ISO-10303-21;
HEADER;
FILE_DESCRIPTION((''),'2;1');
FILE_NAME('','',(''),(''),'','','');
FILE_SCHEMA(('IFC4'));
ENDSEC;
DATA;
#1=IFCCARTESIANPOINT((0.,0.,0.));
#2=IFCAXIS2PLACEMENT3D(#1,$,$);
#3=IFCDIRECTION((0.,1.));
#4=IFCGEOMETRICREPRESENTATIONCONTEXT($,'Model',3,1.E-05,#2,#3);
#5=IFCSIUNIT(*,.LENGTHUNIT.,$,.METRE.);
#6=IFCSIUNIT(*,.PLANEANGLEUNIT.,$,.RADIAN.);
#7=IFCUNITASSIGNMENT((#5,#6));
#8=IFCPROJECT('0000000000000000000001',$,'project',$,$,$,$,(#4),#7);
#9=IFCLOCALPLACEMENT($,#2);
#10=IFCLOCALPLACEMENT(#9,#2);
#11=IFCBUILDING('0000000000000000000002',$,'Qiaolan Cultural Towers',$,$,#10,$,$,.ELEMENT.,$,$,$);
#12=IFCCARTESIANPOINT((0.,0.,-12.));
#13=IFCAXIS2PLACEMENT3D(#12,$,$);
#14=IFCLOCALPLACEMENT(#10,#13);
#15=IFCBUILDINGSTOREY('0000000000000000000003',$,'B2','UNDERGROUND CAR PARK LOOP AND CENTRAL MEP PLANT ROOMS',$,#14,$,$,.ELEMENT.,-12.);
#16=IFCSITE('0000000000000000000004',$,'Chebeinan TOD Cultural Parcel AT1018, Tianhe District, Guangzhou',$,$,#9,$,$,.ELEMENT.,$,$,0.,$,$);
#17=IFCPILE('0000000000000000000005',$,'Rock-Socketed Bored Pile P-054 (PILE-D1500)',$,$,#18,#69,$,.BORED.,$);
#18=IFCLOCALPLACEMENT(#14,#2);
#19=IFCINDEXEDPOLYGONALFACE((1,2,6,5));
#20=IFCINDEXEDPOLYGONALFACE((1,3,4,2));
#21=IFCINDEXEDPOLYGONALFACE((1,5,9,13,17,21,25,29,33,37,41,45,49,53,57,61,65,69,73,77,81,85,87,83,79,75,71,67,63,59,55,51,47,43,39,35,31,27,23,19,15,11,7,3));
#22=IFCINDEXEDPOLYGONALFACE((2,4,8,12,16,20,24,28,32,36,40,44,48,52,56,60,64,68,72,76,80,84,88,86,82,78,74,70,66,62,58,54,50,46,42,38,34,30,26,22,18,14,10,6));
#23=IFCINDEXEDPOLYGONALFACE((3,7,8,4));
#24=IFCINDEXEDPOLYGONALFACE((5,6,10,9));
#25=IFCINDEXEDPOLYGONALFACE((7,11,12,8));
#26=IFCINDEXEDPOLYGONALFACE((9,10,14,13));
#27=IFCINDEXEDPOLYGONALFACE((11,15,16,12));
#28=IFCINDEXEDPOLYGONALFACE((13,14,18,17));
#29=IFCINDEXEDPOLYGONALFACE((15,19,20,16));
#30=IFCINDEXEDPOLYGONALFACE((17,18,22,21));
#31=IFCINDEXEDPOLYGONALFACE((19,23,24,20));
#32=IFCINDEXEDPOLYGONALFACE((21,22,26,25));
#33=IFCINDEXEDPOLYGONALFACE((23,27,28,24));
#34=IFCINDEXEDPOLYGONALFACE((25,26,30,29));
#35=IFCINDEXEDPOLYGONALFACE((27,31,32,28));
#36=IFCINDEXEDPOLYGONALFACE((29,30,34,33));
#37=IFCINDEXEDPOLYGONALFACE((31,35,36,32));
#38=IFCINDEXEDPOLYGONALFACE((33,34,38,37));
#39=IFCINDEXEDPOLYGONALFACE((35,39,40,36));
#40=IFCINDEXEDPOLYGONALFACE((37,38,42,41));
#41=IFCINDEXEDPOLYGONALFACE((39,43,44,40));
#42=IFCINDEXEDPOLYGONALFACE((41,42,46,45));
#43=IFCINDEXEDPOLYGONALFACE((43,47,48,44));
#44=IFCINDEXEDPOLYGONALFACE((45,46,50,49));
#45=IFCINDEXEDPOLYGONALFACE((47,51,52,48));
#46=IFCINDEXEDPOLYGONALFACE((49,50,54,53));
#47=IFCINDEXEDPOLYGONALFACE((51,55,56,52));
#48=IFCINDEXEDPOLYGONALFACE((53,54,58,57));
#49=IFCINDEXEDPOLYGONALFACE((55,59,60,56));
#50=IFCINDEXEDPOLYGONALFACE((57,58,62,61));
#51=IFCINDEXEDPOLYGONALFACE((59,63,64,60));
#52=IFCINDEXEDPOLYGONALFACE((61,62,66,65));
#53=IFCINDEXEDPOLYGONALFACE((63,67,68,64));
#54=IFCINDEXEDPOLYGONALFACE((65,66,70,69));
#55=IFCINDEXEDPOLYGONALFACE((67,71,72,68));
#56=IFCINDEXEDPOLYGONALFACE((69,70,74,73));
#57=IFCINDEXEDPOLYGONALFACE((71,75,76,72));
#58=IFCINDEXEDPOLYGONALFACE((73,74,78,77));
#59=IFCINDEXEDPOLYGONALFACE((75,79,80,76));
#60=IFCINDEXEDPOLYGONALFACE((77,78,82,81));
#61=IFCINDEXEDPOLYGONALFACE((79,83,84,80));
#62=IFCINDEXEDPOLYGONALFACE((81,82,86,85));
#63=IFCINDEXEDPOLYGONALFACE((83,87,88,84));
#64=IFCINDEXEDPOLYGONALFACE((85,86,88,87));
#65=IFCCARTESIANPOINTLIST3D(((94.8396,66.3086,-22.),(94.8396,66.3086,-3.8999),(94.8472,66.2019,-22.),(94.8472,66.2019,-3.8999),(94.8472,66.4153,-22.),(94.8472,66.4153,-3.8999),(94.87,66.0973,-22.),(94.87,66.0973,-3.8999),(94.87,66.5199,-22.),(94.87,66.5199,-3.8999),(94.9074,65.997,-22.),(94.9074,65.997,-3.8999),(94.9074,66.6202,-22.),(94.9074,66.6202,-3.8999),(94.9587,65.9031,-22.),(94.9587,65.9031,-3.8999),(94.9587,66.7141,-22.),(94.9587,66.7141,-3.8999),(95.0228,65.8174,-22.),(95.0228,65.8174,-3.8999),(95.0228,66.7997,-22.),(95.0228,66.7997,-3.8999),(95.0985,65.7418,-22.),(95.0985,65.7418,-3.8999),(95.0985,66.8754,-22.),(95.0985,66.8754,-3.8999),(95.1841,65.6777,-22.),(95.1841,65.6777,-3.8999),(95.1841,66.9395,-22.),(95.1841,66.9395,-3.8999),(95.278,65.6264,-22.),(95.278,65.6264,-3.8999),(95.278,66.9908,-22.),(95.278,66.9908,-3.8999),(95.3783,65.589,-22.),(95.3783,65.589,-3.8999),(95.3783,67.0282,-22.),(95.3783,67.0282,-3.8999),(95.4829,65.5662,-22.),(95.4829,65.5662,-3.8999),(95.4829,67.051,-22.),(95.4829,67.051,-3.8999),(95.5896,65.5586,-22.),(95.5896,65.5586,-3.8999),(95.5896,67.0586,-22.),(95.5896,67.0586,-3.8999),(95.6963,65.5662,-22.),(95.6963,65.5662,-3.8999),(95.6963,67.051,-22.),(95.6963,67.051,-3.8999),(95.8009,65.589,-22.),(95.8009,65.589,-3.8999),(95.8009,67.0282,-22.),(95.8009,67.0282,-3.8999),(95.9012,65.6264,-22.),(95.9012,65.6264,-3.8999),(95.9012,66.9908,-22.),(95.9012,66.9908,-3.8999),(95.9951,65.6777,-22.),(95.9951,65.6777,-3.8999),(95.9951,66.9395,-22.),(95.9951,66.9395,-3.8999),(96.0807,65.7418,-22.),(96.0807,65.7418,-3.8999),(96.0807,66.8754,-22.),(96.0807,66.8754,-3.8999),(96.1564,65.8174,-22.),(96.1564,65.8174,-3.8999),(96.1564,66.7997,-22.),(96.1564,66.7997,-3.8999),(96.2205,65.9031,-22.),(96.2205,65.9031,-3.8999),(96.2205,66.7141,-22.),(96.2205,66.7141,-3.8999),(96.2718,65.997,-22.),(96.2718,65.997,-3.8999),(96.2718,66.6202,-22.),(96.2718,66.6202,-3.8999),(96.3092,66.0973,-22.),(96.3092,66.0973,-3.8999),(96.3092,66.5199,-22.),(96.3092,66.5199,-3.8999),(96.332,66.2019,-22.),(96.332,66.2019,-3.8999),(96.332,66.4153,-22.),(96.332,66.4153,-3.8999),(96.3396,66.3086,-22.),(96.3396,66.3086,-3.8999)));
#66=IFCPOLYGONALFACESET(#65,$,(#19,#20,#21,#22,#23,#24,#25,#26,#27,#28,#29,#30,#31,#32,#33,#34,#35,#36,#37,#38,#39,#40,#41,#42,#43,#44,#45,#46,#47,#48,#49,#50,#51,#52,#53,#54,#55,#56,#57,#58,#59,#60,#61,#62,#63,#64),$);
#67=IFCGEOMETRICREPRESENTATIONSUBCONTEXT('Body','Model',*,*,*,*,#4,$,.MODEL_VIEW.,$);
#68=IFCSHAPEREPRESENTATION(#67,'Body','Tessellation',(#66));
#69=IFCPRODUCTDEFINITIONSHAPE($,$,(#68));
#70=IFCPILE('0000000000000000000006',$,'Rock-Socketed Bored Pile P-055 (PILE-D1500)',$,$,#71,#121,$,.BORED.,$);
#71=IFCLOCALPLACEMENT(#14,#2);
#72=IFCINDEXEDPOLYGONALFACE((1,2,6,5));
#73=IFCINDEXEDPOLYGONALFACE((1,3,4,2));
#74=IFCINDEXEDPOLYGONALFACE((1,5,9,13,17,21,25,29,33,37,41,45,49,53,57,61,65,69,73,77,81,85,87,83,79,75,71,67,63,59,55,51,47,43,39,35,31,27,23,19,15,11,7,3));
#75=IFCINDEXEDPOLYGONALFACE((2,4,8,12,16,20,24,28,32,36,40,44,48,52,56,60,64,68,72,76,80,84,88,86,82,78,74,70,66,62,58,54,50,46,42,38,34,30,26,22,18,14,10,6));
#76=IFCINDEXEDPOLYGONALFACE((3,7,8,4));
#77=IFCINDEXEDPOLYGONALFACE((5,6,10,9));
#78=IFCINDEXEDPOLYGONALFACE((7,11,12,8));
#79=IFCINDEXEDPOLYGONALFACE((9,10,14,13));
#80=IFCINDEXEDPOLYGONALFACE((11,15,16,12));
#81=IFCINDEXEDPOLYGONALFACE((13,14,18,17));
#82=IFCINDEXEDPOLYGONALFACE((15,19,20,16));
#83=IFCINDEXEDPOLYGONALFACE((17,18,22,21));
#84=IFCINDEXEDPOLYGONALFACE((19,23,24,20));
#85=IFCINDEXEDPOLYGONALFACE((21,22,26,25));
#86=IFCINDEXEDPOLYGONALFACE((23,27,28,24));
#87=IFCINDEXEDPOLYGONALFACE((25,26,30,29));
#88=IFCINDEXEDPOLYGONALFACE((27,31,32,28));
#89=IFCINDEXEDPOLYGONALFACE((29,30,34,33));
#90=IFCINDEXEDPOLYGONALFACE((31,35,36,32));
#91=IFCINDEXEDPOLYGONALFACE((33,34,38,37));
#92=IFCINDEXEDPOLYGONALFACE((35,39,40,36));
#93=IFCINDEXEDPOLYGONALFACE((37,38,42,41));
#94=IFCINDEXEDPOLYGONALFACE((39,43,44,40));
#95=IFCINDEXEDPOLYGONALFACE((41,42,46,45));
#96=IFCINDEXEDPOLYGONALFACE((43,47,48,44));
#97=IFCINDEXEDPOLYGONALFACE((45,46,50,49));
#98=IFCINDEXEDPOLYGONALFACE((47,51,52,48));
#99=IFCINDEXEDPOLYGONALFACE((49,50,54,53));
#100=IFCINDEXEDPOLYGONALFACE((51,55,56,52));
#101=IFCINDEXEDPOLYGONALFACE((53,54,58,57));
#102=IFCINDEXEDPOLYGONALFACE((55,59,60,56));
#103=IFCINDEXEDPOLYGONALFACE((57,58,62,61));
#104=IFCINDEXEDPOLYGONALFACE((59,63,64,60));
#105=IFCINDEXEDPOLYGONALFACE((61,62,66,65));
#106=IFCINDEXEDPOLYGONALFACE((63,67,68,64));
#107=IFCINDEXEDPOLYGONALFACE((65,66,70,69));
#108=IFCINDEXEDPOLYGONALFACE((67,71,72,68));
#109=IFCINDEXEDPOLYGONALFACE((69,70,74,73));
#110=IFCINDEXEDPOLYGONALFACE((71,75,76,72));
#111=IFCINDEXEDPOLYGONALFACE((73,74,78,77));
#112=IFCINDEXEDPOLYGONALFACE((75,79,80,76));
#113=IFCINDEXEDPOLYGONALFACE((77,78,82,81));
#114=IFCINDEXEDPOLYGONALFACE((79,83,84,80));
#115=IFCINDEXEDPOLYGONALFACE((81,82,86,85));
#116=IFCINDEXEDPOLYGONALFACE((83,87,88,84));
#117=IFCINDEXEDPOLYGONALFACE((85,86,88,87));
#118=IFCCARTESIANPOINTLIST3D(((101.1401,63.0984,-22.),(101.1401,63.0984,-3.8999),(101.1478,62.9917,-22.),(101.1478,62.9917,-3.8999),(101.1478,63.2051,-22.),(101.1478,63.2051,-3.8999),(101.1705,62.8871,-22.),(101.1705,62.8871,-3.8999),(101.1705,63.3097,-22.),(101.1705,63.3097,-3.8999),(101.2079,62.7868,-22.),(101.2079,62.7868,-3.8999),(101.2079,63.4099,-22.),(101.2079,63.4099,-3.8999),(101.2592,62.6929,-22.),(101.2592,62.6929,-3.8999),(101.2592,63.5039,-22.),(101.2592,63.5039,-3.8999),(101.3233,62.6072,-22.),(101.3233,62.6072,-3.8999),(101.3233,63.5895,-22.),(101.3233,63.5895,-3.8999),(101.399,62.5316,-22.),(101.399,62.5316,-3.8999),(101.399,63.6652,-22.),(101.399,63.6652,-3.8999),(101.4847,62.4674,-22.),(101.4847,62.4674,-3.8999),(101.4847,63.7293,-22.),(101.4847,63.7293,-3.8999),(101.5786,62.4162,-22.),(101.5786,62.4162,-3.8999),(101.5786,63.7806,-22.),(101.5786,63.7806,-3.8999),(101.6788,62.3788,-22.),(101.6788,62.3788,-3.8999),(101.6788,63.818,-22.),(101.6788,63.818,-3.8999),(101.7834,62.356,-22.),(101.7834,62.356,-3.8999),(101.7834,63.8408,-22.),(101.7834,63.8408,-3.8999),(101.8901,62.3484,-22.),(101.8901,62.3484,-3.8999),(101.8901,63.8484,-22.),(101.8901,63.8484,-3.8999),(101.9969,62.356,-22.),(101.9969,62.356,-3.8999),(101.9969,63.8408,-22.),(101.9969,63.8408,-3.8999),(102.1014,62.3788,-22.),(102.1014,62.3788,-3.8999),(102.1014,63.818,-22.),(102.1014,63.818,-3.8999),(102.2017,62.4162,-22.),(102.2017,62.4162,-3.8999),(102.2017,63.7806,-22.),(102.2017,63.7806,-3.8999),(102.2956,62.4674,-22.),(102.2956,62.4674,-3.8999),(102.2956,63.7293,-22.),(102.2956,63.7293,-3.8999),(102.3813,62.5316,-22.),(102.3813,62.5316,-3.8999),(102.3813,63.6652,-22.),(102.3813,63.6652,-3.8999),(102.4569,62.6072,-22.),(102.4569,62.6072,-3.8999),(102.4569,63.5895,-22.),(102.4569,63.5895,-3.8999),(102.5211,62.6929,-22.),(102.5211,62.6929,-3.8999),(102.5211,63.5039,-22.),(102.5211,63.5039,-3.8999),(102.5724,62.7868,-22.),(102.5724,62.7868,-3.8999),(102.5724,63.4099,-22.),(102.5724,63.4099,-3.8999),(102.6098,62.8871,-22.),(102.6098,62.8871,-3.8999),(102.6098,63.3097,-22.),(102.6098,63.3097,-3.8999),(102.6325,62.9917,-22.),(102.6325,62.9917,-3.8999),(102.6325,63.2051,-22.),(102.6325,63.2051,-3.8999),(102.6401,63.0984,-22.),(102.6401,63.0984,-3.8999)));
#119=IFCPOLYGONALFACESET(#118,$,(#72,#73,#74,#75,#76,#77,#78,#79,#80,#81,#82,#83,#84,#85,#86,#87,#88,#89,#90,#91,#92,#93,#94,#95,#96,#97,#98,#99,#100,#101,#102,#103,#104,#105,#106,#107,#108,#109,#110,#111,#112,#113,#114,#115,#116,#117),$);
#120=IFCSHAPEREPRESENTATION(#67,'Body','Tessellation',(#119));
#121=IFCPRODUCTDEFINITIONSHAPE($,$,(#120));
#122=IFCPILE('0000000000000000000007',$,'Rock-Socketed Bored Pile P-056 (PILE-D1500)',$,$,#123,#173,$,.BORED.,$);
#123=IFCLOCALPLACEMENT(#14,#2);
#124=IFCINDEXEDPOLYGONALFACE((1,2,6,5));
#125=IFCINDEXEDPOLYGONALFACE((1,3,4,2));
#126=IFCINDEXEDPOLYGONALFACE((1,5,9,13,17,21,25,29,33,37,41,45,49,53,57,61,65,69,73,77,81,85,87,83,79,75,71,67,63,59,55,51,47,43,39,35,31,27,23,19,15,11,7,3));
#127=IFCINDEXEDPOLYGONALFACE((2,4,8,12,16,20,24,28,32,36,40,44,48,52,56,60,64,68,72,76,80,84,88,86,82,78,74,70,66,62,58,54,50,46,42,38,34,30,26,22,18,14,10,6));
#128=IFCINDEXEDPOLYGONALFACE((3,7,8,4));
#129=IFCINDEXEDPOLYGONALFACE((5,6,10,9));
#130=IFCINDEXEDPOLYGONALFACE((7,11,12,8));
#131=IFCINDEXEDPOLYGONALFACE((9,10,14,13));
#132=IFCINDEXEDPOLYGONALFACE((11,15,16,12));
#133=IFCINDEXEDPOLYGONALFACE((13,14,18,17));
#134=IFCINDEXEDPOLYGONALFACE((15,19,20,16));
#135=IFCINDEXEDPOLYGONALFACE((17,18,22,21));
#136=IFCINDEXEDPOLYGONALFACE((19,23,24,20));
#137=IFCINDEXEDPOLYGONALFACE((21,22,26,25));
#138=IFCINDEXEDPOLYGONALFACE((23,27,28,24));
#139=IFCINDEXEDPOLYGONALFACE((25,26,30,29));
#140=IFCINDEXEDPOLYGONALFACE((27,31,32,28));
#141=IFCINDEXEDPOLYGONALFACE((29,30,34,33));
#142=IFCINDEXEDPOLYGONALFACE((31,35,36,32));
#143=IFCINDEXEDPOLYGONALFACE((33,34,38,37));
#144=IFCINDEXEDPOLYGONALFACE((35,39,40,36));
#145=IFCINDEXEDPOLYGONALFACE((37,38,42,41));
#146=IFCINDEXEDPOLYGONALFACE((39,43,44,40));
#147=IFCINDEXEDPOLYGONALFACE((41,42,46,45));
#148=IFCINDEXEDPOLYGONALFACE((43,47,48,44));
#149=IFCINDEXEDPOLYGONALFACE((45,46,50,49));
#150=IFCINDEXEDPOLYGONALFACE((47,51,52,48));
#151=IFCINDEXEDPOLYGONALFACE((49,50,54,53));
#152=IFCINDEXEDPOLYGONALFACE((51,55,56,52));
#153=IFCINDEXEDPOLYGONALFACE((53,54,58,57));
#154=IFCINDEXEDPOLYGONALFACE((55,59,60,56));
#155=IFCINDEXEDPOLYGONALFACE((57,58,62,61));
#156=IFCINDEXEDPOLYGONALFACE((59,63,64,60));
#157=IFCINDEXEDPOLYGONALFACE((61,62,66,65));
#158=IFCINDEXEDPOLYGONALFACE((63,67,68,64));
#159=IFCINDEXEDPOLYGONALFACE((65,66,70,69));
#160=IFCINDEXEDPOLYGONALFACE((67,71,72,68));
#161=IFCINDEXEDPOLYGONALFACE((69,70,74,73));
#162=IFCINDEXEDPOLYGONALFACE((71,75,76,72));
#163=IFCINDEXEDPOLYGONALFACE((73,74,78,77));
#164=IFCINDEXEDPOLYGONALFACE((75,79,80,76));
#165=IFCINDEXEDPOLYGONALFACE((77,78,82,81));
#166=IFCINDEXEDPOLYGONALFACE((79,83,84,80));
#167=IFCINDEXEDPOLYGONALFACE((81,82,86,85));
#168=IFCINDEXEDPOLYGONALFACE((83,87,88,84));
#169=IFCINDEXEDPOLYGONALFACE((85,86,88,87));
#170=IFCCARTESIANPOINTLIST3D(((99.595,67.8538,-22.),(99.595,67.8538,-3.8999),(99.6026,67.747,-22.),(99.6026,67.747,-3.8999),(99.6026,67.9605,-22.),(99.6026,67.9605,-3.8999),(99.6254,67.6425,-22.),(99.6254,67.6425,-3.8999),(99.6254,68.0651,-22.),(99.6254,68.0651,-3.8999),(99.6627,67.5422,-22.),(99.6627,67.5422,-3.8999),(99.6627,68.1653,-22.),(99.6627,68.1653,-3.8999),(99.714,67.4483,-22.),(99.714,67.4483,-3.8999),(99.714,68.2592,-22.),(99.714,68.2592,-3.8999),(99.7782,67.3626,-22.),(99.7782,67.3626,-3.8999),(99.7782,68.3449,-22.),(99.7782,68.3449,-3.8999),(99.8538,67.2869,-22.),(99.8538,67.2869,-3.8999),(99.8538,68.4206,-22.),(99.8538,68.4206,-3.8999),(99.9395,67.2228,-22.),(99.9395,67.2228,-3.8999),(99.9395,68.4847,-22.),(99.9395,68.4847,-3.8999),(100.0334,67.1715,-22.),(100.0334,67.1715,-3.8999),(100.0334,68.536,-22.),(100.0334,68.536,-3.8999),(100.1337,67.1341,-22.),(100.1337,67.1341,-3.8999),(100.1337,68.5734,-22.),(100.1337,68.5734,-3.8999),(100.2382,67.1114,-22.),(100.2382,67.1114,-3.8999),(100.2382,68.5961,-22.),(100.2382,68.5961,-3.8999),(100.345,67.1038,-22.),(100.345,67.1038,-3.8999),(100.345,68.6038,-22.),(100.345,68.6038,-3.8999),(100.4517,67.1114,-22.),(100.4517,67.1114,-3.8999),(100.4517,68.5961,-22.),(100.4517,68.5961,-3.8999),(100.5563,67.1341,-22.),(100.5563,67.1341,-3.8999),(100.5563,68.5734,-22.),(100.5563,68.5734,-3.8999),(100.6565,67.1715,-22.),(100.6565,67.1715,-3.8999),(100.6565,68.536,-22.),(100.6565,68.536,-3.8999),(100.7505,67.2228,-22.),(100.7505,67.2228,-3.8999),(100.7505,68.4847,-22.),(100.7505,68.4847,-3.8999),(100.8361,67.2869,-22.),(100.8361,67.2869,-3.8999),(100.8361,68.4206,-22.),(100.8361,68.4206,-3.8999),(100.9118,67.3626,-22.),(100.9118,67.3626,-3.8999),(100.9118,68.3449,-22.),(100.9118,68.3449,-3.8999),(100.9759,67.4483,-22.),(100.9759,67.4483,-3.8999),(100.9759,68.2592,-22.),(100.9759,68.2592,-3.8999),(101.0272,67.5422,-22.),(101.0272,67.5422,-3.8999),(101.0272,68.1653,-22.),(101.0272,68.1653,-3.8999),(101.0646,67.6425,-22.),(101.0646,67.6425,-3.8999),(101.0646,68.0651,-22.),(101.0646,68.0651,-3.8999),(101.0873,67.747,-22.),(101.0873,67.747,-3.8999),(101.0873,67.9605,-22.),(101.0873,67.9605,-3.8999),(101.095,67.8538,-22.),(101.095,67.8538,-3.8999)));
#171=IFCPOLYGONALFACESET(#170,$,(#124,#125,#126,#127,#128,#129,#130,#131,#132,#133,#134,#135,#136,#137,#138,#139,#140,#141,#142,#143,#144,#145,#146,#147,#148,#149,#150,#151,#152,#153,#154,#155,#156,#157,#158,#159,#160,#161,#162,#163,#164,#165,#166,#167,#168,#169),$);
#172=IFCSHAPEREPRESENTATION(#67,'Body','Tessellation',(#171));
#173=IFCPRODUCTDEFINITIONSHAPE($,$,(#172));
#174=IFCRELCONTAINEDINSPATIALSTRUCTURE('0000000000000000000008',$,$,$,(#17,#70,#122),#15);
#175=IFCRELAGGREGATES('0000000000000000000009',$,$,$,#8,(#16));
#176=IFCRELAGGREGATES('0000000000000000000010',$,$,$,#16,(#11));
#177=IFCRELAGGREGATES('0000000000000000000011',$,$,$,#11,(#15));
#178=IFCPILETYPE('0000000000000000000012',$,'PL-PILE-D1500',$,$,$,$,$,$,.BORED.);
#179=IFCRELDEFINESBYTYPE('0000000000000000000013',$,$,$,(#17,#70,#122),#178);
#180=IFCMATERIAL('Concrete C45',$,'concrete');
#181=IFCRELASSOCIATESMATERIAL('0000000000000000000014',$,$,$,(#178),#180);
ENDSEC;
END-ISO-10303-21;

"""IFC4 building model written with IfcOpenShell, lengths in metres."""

from ifc_helpers import new_model, si_unit, direction, frame, origin, origin_2d, place, context, subcontext, project, spatial, circle, extrude, material, material_profile, profile_set, type_object, element, save


model = new_model("IFC4")

# Units and contexts
model_context = context("Model", 3, precision=1e-05, world=origin(), true_north=direction((0.0, 1.0)))
body_context = subcontext(model_context, "Body", "Model", "MODEL_VIEW")
ifc_project = project(units=[si_unit("LENGTHUNIT", "METRE"), si_unit("PLANEANGLEUNIT", "RADIAN")], contexts=[model_context])

# Site, building, storey
site_placement = place(None, origin())
site = spatial("IfcSite", under=ifc_project, at=site_placement, Name="Chebeinan TOD Cultural Parcel AT1018, Tianhe District, Guangzhou", CompositionType="ELEMENT", RefElevation=0.0)
building_placement = place(site_placement, origin())
building = spatial("IfcBuilding", under=site, at=building_placement, Name="Qiaolan Cultural Towers", CompositionType="ELEMENT")
storey_placement = place(building_placement, frame((0.0, 0.0, -12.0)))
storey = spatial("IfcBuildingStorey", under=building, at=storey_placement, Name="B2", Description="UNDERGROUND CAR PARK LOOP AND CENTRAL MEP PLANT ROOMS", CompositionType="ELEMENT", Elevation=-12.0)

# Piles
ifc_material_1 = material(Name="Concrete C45", Category="concrete")
ifc_material_profile_1 = material_profile(ifc_material_1, circle(Radius=0.75, at=origin_2d()), Name="PILE-D1500")
ifc_profile_set_1 = profile_set([ifc_material_profile_1], Name="Concrete C45")
pile_type_1 = type_object("IfcPileType", Name="PL-PILE-D1500", PredefinedType="BORED", material=ifc_profile_set_1)
for number, where, z_axis, x_axis, name in (
    (1, (95.5896, 66.3086, -3.8999), (0.0, 0.0, -1.0), (1.0, 0.0, 0.0), "Rock-Socketed Bored Pile P-054 (PILE-D1500)"),
    (2, (101.8901, 63.0984, -3.8999), (0.0, 0.0, -1.0), (1.0, 0.0, 0.0), "Rock-Socketed Bored Pile P-055 (PILE-D1500)"),
    (3, (100.345, 67.8538, -3.8999), (0.0, 0.0, -1.0), (1.0, 0.0, 0.0), "Rock-Socketed Bored Pile P-056 (PILE-D1500)"),
):
    element("IfcPile", number, at=place(storey_placement, frame(where, z_axis=z_axis, x_axis=x_axis)), inside=storey, type_object=pile_type_1, Name=name, PredefinedType="BORED", context=body_context, shape_type="SweptSolid", body=[
        extrude(circle(Radius=0.75, at=origin_2d()), origin(), (0.0, 0.0, 1.0), 18.1001),
    ])

save(model, "model.ifc")
